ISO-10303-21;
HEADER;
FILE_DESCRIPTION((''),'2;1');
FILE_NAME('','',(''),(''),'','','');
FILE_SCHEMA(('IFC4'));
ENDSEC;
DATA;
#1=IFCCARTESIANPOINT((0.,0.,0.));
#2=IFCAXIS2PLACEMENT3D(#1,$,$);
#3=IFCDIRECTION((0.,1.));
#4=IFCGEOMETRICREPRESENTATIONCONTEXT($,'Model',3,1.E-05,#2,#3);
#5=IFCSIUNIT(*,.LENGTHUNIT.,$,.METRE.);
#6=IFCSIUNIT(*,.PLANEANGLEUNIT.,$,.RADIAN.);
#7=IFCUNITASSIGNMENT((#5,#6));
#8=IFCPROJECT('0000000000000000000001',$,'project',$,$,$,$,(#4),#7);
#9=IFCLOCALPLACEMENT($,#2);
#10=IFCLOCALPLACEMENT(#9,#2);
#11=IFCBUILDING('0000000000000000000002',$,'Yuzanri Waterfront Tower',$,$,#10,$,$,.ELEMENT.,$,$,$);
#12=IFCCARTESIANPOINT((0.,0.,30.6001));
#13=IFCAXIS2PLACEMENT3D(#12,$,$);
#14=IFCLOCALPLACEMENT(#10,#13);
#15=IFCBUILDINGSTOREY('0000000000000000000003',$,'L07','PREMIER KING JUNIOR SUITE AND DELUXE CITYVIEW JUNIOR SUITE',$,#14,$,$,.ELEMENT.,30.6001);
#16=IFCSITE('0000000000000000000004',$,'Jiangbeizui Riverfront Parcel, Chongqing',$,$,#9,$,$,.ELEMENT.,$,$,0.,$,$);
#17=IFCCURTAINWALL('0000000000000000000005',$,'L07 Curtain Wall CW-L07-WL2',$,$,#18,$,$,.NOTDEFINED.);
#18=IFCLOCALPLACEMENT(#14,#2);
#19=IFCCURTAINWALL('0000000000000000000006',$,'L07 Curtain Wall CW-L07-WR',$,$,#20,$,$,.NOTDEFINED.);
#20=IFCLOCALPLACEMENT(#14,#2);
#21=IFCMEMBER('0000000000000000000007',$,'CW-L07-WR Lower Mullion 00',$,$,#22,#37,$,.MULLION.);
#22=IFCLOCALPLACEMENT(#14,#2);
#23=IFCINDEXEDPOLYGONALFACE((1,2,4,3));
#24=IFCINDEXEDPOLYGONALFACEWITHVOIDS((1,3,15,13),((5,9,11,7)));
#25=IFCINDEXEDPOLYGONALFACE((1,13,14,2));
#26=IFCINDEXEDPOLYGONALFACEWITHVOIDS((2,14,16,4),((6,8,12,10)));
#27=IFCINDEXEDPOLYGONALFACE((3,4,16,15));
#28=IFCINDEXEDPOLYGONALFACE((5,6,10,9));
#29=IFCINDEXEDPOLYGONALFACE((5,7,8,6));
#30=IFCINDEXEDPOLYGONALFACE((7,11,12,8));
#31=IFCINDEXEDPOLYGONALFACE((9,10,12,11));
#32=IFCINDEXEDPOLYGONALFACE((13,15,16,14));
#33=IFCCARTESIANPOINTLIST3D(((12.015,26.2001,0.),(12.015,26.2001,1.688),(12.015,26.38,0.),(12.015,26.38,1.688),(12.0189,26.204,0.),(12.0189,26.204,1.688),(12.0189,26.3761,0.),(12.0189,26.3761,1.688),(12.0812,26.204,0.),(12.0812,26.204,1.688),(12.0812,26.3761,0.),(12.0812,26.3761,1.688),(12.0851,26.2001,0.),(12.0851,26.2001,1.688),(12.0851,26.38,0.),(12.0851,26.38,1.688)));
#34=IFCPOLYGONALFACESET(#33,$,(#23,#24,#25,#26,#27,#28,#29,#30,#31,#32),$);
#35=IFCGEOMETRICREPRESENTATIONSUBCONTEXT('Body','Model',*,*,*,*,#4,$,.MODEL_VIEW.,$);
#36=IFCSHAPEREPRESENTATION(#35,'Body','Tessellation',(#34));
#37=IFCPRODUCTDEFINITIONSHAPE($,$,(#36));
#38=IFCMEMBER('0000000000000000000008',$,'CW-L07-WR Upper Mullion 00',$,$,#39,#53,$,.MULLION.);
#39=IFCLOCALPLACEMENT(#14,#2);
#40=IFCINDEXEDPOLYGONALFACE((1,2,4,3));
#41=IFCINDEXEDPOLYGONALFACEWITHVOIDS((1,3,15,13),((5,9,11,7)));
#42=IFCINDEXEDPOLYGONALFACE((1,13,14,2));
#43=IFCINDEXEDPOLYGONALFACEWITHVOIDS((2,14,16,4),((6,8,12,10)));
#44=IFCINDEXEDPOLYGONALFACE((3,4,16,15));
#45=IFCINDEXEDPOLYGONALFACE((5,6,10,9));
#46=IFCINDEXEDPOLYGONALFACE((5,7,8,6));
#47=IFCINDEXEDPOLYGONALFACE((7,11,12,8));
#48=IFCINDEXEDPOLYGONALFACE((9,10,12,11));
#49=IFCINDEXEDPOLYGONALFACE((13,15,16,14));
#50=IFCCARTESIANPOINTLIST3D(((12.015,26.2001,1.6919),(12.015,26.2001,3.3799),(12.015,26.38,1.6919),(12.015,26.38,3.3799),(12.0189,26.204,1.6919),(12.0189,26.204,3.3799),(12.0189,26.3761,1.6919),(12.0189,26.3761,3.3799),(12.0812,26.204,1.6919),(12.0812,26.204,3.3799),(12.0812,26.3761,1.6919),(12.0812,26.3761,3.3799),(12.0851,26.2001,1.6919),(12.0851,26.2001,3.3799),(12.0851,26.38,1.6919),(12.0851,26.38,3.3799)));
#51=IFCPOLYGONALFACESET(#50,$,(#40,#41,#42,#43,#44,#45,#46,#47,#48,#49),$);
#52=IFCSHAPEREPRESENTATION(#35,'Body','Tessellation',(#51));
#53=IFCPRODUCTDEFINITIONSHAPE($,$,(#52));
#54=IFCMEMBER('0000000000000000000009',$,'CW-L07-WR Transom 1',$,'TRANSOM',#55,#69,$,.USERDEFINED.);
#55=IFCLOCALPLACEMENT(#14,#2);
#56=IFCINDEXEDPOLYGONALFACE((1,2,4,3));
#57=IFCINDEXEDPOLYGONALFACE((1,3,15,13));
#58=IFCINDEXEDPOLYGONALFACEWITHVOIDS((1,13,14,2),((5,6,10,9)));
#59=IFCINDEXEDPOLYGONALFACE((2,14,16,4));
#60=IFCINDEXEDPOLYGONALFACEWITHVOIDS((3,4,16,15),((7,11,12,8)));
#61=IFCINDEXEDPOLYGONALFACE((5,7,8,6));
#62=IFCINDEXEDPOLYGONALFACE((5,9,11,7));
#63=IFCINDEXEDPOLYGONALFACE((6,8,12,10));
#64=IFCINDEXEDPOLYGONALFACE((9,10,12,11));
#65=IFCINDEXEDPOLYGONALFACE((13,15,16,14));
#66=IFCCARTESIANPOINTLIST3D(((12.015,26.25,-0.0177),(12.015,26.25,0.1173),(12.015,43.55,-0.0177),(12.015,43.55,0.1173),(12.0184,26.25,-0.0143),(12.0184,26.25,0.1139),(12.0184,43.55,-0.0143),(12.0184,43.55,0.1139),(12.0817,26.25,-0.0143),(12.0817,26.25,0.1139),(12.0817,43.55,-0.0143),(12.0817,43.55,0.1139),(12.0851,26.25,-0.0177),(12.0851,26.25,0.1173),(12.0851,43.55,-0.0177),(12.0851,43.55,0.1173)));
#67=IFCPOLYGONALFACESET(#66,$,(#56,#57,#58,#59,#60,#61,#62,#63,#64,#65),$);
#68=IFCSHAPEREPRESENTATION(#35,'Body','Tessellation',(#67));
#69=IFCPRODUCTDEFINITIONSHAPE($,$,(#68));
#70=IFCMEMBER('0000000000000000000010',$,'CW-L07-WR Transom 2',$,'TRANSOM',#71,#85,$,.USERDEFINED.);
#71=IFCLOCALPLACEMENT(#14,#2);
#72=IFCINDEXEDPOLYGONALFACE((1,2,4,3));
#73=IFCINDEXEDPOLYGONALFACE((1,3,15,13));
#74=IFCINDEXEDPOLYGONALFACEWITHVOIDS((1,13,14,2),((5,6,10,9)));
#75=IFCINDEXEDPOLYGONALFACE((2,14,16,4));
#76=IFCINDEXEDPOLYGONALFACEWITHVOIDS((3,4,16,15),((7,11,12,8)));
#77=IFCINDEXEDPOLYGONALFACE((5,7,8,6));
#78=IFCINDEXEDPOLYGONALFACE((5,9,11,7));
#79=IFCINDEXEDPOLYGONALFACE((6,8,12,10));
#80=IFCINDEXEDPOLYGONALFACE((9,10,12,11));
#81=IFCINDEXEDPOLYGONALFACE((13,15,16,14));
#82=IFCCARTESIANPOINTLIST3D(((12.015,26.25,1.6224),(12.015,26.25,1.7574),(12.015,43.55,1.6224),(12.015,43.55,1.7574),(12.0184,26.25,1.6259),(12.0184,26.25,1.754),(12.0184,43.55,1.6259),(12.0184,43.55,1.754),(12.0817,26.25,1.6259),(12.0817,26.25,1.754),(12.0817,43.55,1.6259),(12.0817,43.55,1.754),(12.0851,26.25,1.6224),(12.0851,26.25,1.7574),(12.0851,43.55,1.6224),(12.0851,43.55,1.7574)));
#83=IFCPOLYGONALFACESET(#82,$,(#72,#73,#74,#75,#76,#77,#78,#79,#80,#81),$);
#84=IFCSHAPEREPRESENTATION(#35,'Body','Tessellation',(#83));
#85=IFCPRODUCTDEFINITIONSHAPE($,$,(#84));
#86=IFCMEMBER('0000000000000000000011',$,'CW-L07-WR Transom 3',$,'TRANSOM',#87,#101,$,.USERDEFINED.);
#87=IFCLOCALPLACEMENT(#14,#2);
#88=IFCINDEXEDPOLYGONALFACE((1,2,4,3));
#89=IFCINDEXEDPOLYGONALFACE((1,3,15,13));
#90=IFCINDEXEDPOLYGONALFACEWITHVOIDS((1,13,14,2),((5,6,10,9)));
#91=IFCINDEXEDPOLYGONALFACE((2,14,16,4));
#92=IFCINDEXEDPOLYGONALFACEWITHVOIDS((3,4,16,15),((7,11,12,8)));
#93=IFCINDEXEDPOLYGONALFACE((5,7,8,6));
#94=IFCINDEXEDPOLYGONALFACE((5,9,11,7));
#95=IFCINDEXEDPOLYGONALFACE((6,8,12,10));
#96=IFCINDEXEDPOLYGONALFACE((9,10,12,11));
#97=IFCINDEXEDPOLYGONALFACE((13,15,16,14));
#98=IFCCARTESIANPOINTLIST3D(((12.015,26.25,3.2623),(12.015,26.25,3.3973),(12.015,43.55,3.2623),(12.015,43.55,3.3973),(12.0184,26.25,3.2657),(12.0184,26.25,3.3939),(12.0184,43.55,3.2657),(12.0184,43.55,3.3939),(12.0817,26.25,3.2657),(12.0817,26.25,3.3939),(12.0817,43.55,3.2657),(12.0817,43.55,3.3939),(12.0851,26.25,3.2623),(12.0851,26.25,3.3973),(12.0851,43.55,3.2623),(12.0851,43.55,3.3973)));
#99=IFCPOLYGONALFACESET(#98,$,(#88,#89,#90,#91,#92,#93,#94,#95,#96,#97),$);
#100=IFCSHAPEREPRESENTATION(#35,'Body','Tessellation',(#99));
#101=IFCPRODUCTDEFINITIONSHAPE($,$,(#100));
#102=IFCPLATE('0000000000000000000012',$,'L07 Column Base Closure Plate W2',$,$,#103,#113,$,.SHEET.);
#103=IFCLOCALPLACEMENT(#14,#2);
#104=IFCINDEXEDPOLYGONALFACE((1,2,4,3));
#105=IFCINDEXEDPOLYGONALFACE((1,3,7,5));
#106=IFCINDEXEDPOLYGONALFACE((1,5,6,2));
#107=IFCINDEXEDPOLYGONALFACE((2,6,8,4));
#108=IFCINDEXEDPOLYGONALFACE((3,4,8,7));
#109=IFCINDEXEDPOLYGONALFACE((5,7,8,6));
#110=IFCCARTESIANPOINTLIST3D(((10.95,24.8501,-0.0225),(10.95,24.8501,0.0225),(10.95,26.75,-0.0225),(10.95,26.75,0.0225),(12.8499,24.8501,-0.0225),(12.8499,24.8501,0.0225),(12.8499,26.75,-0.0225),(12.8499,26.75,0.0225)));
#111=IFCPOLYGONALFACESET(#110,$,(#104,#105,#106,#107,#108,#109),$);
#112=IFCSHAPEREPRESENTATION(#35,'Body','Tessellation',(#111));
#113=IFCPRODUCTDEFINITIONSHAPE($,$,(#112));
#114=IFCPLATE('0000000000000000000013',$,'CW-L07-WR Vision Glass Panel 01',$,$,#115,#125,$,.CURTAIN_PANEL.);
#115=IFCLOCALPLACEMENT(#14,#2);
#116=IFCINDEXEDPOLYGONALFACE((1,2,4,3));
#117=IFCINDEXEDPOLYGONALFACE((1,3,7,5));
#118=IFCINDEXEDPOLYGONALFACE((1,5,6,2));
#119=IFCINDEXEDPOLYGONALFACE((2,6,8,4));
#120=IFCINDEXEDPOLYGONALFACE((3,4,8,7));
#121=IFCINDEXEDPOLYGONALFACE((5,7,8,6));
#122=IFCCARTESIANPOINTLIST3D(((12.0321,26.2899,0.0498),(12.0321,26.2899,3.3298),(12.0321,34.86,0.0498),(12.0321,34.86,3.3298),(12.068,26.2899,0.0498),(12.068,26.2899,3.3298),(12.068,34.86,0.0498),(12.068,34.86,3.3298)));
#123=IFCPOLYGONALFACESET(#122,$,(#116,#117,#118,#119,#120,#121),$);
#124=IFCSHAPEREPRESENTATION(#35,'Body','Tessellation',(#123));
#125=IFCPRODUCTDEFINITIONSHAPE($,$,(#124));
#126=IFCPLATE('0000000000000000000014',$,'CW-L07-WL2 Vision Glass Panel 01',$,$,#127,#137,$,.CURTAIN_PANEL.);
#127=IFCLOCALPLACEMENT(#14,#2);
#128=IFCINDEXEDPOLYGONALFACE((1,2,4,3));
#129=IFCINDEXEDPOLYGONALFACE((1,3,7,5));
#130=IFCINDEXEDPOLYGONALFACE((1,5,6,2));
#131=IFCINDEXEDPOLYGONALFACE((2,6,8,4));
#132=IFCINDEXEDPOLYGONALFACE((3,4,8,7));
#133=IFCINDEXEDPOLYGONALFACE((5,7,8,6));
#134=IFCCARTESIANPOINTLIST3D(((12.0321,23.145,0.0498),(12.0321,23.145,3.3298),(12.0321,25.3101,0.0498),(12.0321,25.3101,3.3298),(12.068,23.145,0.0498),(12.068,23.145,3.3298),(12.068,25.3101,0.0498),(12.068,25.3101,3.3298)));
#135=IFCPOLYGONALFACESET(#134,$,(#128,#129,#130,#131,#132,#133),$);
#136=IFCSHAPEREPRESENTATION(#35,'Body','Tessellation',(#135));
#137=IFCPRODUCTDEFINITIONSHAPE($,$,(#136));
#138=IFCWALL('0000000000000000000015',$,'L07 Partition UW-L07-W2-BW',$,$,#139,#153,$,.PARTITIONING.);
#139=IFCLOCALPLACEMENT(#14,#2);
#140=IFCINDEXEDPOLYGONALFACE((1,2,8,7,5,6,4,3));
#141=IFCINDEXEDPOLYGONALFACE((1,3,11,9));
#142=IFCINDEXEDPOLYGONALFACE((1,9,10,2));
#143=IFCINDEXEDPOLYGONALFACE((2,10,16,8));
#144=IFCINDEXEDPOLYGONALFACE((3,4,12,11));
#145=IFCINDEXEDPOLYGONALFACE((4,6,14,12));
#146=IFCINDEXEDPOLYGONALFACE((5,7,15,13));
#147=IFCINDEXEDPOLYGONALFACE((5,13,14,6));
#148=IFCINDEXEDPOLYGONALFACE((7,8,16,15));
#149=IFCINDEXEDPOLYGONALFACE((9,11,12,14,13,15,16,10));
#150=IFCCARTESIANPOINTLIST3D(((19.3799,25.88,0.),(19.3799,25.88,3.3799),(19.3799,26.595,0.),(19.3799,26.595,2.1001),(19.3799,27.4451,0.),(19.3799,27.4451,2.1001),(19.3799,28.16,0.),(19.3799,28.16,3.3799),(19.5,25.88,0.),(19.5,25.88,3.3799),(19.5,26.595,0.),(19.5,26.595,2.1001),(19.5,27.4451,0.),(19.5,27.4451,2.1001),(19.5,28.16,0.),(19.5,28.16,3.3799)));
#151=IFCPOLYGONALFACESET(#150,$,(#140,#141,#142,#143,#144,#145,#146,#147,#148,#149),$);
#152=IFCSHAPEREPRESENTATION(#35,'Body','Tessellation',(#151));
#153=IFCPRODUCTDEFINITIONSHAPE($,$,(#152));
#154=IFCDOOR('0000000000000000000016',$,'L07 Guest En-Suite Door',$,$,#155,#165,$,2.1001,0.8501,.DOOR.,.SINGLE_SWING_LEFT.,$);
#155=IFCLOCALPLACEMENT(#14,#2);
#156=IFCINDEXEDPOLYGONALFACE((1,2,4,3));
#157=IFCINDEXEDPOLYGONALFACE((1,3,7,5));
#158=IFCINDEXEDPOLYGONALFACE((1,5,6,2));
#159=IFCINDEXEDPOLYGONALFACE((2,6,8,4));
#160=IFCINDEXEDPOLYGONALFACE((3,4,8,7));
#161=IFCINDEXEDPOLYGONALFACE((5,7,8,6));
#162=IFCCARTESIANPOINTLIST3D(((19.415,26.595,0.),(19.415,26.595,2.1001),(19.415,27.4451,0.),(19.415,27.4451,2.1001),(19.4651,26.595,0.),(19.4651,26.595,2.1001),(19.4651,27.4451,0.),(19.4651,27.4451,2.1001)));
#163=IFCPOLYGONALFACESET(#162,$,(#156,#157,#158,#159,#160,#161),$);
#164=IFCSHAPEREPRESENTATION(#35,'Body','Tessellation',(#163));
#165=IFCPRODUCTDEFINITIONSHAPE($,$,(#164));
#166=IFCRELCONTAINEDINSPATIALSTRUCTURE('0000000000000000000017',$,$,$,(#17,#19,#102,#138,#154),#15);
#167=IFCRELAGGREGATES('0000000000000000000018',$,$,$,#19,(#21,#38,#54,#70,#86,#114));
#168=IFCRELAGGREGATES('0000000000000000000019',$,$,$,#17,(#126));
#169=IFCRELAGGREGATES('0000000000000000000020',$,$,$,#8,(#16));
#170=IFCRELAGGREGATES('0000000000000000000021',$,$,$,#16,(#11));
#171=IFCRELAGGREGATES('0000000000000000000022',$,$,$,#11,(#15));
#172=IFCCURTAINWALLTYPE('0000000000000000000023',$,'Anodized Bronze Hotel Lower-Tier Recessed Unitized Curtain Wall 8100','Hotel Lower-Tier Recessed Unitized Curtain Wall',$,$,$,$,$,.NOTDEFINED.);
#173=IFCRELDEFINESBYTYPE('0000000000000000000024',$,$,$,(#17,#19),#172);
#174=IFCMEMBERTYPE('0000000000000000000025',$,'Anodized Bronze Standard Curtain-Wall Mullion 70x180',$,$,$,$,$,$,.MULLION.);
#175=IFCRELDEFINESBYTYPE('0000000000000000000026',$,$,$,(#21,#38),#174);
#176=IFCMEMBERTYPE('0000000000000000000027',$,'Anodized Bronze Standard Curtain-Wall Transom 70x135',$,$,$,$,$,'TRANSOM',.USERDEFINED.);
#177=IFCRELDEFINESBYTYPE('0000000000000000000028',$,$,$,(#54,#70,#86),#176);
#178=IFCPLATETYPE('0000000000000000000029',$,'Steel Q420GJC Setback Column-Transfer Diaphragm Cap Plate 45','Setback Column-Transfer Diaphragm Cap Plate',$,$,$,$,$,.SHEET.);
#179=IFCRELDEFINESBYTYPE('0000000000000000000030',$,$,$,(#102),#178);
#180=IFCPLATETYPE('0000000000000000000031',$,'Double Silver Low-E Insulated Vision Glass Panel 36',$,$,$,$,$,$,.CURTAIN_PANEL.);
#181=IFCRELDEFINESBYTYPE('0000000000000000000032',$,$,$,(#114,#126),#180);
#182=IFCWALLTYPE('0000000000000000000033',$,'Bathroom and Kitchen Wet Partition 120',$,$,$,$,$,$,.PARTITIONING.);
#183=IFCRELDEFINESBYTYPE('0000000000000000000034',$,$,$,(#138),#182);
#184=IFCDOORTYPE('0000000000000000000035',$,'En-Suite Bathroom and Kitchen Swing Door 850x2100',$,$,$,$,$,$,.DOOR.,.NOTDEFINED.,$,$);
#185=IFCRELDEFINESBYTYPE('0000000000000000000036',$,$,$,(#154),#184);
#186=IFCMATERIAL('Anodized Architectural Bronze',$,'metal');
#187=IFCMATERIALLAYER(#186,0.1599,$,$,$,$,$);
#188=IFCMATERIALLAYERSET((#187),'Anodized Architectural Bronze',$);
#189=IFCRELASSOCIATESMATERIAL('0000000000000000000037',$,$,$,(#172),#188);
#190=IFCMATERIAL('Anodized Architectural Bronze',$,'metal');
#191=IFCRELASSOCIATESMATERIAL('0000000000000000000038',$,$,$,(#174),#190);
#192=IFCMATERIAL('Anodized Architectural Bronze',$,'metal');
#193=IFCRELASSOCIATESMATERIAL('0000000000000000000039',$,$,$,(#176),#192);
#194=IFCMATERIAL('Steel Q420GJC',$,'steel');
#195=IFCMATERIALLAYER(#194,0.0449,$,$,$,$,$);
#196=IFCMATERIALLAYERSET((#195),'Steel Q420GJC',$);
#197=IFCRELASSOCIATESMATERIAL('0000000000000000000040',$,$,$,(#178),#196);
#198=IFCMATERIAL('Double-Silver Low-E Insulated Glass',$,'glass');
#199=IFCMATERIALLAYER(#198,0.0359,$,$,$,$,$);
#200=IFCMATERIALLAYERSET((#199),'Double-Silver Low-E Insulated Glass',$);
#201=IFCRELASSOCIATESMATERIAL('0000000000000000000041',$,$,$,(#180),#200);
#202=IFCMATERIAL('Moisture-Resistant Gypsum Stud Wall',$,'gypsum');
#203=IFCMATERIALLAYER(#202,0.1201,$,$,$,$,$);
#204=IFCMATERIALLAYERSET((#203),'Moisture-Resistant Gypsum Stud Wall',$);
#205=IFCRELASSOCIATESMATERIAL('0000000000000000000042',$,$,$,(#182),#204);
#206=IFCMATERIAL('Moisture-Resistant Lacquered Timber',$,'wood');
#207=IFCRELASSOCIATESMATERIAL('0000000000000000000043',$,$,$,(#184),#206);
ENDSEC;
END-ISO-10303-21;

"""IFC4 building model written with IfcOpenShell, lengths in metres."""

from ifc_helpers import new_model, si_unit, direction, frame, frame_2d, origin, origin_2d, place, context, subcontext, project, spatial, rectangle, hollow_rectangle, extrude, source, transform, mapped, material, layer, layer_set, material_profile, profile_set, type_object, element, fill, aggregate, save


model = new_model("IFC4")

# Units and contexts
model_context = context("Model", 3, precision=1e-05, world=origin(), true_north=direction((0.0, 1.0)))
body_context = subcontext(model_context, "Body", "Model", "MODEL_VIEW")
ifc_project = project(units=[si_unit("LENGTHUNIT", "METRE"), si_unit("PLANEANGLEUNIT", "RADIAN")], contexts=[model_context])

# Site, building, storey
site_placement = place(None, origin())
site = spatial("IfcSite", under=ifc_project, at=site_placement, Name="Jiangbeizui Riverfront Parcel, Chongqing", CompositionType="ELEMENT", RefElevation=0.0)
building_placement = place(site_placement, origin())
building = spatial("IfcBuilding", under=site, at=building_placement, Name="Yuzanri Waterfront Tower", CompositionType="ELEMENT")
storey_placement = place(building_placement, frame((0.0, 0.0, 30.6001)))
storey = spatial("IfcBuildingStorey", under=building, at=storey_placement, Name="L07", Description="PREMIER KING JUNIOR SUITE AND DELUXE CITYVIEW JUNIOR SUITE", CompositionType="ELEMENT", Elevation=30.6001)

# Curtain walls, members
ifc_material_1 = material(Name="Anodized Architectural Bronze", Category="metal")
ifc_layer_1 = layer(ifc_material_1, 0.1599)
ifc_layer_set_1 = layer_set([ifc_layer_1], Name="Anodized Architectural Bronze")
curtain_wall_type = type_object("IfcCurtainWallType", Name="Anodized Bronze Hotel Lower-Tier Recessed Unitized Curtain Wall 8100", Description="Hotel Lower-Tier Recessed Unitized Curtain Wall", PredefinedType="NOTDEFINED", material=ifc_layer_set_1)
curtain_wall_1_placement = place(storey_placement, origin())
curtain_wall_1 = element("IfcCurtainWall", 1, at=curtain_wall_1_placement, inside=storey, type_object=curtain_wall_type, Name="L07 Curtain Wall CW-L07-WL2", PredefinedType="NOTDEFINED")
ifc_material_2 = material(Name="Anodized Architectural Bronze", Category="metal")
ifc_material_profile_1 = material_profile(ifc_material_2, hollow_rectangle(XDim=0.0701, YDim=0.1799, WallThickness=0.0039, at=origin_2d()), Name="CWM 70x180")
ifc_profile_set_1 = profile_set([ifc_material_profile_1], Name="Anodized Architectural Bronze")
member_type_1 = type_object("IfcMemberType", Name="Anodized Bronze Standard Curtain-Wall Mullion 70x180", PredefinedType="MULLION", material=ifc_profile_set_1)
shared_shape_1 = source(origin(), body_context, "Body", "SweptSolid", [
    extrude(hollow_rectangle(XDim=0.0701, YDim=0.1799, WallThickness=0.0039, at=origin_2d()), origin(), (0.0, 0.0, 1.0), 1.688),
])
curtain_wall_2_placement = place(storey_placement, origin())
curtain_wall_2 = element("IfcCurtainWall", 2, at=curtain_wall_2_placement, inside=storey, type_object=curtain_wall_type, Name="L07 Curtain Wall CW-L07-WR", PredefinedType="NOTDEFINED")
member_1_placement = place(storey_placement, frame((12.05, 26.29, 0.0), z_axis=(0.0, 0.0, 1.0), x_axis=(1.0, 0.0, 0.0)))
member_1 = element("IfcMember", 3, at=member_1_placement, type_object=member_type_1, Name="CW-L07-WR Lower Mullion 00", PredefinedType="MULLION", context=body_context, shape_type="MappedRepresentation", body=[
    mapped(shared_shape_1, transform((0.0, 0.0, 0.0), scale=1.0)),
])
member_2_placement = place(storey_placement, frame((12.05, 26.29, 1.6919), z_axis=(0.0, 0.0, 1.0), x_axis=(1.0, 0.0, 0.0)))
member_2 = element("IfcMember", 4, at=member_2_placement, type_object=member_type_1, Name="CW-L07-WR Upper Mullion 00", PredefinedType="MULLION", context=body_context, shape_type="MappedRepresentation", body=[
    mapped(shared_shape_1, transform((0.0, 0.0, 0.0), scale=1.0)),
])
ifc_material_3 = material(Name="Anodized Architectural Bronze", Category="metal")
ifc_material_profile_2 = material_profile(ifc_material_3, hollow_rectangle(XDim=0.0701, YDim=0.135, WallThickness=0.0034, at=origin_2d()), Name="CWT 70x135")
ifc_profile_set_2 = profile_set([ifc_material_profile_2], Name="Anodized Architectural Bronze")
member_type_2 = type_object("IfcMemberType", Name="Anodized Bronze Standard Curtain-Wall Transom 70x135", ElementType="TRANSOM", PredefinedType="USERDEFINED", material=ifc_profile_set_2)
shared_shape_2 = source(origin(), body_context, "Body", "SweptSolid", [
    extrude(hollow_rectangle(XDim=0.0701, YDim=0.135, WallThickness=0.0034, at=origin_2d()), origin(), (0.0, 0.0, 1.0), 17.3),
])
member_3_placement = place(storey_placement, frame((12.05, 26.25, 0.0498), z_axis=(0.0, 1.0, 0.0), x_axis=(-1.0, 0.0, 0.0)))
member_3 = element("IfcMember", 5, at=member_3_placement, type_object=member_type_2, Name="CW-L07-WR Transom 1", ObjectType="TRANSOM", PredefinedType="USERDEFINED", context=body_context, shape_type="MappedRepresentation", body=[
    mapped(shared_shape_2, transform((0.0, 0.0, 0.0), scale=1.0)),
])
member_4_placement = place(storey_placement, frame((12.05, 26.25, 1.6899), z_axis=(0.0, 1.0, 0.0), x_axis=(-1.0, 0.0, 0.0)))
member_4 = element("IfcMember", 6, at=member_4_placement, type_object=member_type_2, Name="CW-L07-WR Transom 2", ObjectType="TRANSOM", PredefinedType="USERDEFINED", context=body_context, shape_type="MappedRepresentation", body=[
    mapped(shared_shape_2, transform((0.0, 0.0, 0.0), scale=1.0)),
])
member_5_placement = place(storey_placement, frame((12.05, 26.25, 3.3298), z_axis=(0.0, 1.0, 0.0), x_axis=(-1.0, 0.0, 0.0)))
member_5 = element("IfcMember", 7, at=member_5_placement, type_object=member_type_2, Name="CW-L07-WR Transom 3", ObjectType="TRANSOM", PredefinedType="USERDEFINED", context=body_context, shape_type="MappedRepresentation", body=[
    mapped(shared_shape_2, transform((0.0, 0.0, 0.0), scale=1.0)),
])

# Plates
ifc_material_4 = material(Name="Steel Q420GJC", Category="steel")
ifc_layer_2 = layer(ifc_material_4, 0.0449)
ifc_layer_set_2 = layer_set([ifc_layer_2], Name="Steel Q420GJC")
plate_type_1 = type_object("IfcPlateType", Name="Steel Q420GJC Setback Column-Transfer Diaphragm Cap Plate 45", Description="Setback Column-Transfer Diaphragm Cap Plate", PredefinedType="SHEET", material=ifc_layer_set_2)
shared_shape_3 = source(origin(), body_context, "Body", "SweptSolid", [
    extrude(rectangle(XDim=1.8999, YDim=1.8999, at=origin_2d()), origin(), (0.0, 0.0, 1.0), 0.0449),
])
plate_1_placement = place(storey_placement, frame((11.8999, 25.8, -0.0225), z_axis=(0.0, 0.0, 1.0), x_axis=(1.0, 0.0, 0.0)))
element("IfcPlate", 8, at=plate_1_placement, inside=storey, type_object=plate_type_1, Name="L07 Column Base Closure Plate W2", PredefinedType="SHEET", context=body_context, shape_type="MappedRepresentation", body=[
    mapped(shared_shape_3, transform((0.0, 0.0, 0.0), scale=1.0)),
])
ifc_material_5 = material(Name="Double-Silver Low-E Insulated Glass", Category="glass")
ifc_layer_3 = layer(ifc_material_5, 0.0359)
ifc_layer_set_3 = layer_set([ifc_layer_3], Name="Double-Silver Low-E Insulated Glass")
plate_type_2 = type_object("IfcPlateType", Name="Double Silver Low-E Insulated Vision Glass Panel 36", PredefinedType="CURTAIN_PANEL", material=ifc_layer_set_3)
shared_shape_4 = source(origin(), body_context, "Body", "SweptSolid", [
    extrude(rectangle(XDim=8.5701, YDim=0.0359, at=origin_2d()), origin(), (0.0, 0.0, 1.0), 3.28),
])
plate_2_placement = place(storey_placement, frame((12.05, 30.575, 0.0498), z_axis=(0.0, 0.0, 1.0), x_axis=(0.0, 1.0, 0.0)))
plate_2 = element("IfcPlate", 9, at=plate_2_placement, type_object=plate_type_2, Name="CW-L07-WR Vision Glass Panel 01", PredefinedType="CURTAIN_PANEL", context=body_context, shape_type="MappedRepresentation", body=[
    mapped(shared_shape_4, transform((0.0, 0.0, 0.0), scale=1.0)),
])
aggregate(curtain_wall_2, [member_1, member_2, member_3, member_4, member_5, plate_2])
shared_shape_5 = source(origin(), body_context, "Body", "SweptSolid", [
    extrude(rectangle(XDim=2.165, YDim=0.0359, at=origin_2d()), origin(), (0.0, 0.0, 1.0), 3.28),
])
plate_3_placement = place(storey_placement, frame((12.05, 24.2275, 0.0498), z_axis=(0.0, 0.0, 1.0), x_axis=(0.0, 1.0, 0.0)))
plate_3 = element("IfcPlate", 10, at=plate_3_placement, type_object=plate_type_2, Name="CW-L07-WL2 Vision Glass Panel 01", PredefinedType="CURTAIN_PANEL", context=body_context, shape_type="MappedRepresentation", body=[
    mapped(shared_shape_5, transform((0.0, 0.0, 0.0), scale=1.0)),
])
aggregate(curtain_wall_1, [plate_3])

# Wall, opening, door
ifc_material_6 = material(Name="Moisture-Resistant Gypsum Stud Wall", Category="gypsum")
ifc_layer_4 = layer(ifc_material_6, 0.1201)
ifc_layer_set_4 = layer_set([ifc_layer_4], Name="Moisture-Resistant Gypsum Stud Wall")
wall_type_1 = type_object("IfcWallType", Name="Bathroom and Kitchen Wet Partition 120", PredefinedType="PARTITIONING", material=ifc_layer_set_4)
wall_1_placement = place(storey_placement, frame((19.4399, 25.8799, 0.0), z_axis=(0.0, 0.0, 1.0), x_axis=(0.0, 1.0, 0.0)))
wall_1 = element("IfcWall", 11, at=wall_1_placement, inside=storey, type_object=wall_type_1, Name="L07 Partition UW-L07-W2-BW", PredefinedType="PARTITIONING", context=body_context, shape_type="SweptSolid", body=[
    extrude(rectangle(XDim=2.28, YDim=0.1201, at=frame_2d((1.1401, 0.0))), origin(), (0.0, 0.0, 1.0), 3.3799),
])
opening_1_placement = place(wall_1_placement, frame((0.7151, 0.0, 0.0)))
opening_1 = element("IfcOpeningElement", 12, at=opening_1_placement, cuts=wall_1, PredefinedType="OPENING", context=body_context, shape_type="SweptSolid", body=[
    extrude(rectangle(XDim=0.8501, YDim=2.1001, at=frame_2d((0.425, 1.05))), frame((0.0, 0.075, 0.0), z_axis=(0.0, -1.0, 0.0), x_axis=(1.0, 0.0, 0.0)), (0.0, 0.0, 1.0), 0.1499),
])
ifc_material_7 = material(Name="Moisture-Resistant Lacquered Timber", Category="wood")
door_type_1 = type_object("IfcDoorType", Name="En-Suite Bathroom and Kitchen Swing Door 850x2100", OperationType="NOTDEFINED", PredefinedType="DOOR", material=ifc_material_7)
shared_shape_6 = source(origin(), body_context, "Body", "SweptSolid", [
    extrude(rectangle(XDim=0.8501, YDim=2.1001, at=frame_2d((0.425, 1.05))), frame((0.0, 0.0249, 0.0), z_axis=(0.0, -1.0, 0.0), x_axis=(1.0, 0.0, 0.0)), (0.0, 0.0, 1.0), 0.05),
])
door_1_placement = place(opening_1_placement, origin())
door_1 = element("IfcDoor", 13, at=door_1_placement, inside=storey, type_object=door_type_1, Name="L07 Guest En-Suite Door", OperationType="SINGLE_SWING_LEFT", OverallHeight=2.1001, OverallWidth=0.8501, PredefinedType="DOOR", context=body_context, shape_type="MappedRepresentation", body=[
    mapped(shared_shape_6, transform((0.0, 0.0, 0.0), scale=1.0)),
])
fill(opening_1, door_1)

save(model, "model.ifc")
